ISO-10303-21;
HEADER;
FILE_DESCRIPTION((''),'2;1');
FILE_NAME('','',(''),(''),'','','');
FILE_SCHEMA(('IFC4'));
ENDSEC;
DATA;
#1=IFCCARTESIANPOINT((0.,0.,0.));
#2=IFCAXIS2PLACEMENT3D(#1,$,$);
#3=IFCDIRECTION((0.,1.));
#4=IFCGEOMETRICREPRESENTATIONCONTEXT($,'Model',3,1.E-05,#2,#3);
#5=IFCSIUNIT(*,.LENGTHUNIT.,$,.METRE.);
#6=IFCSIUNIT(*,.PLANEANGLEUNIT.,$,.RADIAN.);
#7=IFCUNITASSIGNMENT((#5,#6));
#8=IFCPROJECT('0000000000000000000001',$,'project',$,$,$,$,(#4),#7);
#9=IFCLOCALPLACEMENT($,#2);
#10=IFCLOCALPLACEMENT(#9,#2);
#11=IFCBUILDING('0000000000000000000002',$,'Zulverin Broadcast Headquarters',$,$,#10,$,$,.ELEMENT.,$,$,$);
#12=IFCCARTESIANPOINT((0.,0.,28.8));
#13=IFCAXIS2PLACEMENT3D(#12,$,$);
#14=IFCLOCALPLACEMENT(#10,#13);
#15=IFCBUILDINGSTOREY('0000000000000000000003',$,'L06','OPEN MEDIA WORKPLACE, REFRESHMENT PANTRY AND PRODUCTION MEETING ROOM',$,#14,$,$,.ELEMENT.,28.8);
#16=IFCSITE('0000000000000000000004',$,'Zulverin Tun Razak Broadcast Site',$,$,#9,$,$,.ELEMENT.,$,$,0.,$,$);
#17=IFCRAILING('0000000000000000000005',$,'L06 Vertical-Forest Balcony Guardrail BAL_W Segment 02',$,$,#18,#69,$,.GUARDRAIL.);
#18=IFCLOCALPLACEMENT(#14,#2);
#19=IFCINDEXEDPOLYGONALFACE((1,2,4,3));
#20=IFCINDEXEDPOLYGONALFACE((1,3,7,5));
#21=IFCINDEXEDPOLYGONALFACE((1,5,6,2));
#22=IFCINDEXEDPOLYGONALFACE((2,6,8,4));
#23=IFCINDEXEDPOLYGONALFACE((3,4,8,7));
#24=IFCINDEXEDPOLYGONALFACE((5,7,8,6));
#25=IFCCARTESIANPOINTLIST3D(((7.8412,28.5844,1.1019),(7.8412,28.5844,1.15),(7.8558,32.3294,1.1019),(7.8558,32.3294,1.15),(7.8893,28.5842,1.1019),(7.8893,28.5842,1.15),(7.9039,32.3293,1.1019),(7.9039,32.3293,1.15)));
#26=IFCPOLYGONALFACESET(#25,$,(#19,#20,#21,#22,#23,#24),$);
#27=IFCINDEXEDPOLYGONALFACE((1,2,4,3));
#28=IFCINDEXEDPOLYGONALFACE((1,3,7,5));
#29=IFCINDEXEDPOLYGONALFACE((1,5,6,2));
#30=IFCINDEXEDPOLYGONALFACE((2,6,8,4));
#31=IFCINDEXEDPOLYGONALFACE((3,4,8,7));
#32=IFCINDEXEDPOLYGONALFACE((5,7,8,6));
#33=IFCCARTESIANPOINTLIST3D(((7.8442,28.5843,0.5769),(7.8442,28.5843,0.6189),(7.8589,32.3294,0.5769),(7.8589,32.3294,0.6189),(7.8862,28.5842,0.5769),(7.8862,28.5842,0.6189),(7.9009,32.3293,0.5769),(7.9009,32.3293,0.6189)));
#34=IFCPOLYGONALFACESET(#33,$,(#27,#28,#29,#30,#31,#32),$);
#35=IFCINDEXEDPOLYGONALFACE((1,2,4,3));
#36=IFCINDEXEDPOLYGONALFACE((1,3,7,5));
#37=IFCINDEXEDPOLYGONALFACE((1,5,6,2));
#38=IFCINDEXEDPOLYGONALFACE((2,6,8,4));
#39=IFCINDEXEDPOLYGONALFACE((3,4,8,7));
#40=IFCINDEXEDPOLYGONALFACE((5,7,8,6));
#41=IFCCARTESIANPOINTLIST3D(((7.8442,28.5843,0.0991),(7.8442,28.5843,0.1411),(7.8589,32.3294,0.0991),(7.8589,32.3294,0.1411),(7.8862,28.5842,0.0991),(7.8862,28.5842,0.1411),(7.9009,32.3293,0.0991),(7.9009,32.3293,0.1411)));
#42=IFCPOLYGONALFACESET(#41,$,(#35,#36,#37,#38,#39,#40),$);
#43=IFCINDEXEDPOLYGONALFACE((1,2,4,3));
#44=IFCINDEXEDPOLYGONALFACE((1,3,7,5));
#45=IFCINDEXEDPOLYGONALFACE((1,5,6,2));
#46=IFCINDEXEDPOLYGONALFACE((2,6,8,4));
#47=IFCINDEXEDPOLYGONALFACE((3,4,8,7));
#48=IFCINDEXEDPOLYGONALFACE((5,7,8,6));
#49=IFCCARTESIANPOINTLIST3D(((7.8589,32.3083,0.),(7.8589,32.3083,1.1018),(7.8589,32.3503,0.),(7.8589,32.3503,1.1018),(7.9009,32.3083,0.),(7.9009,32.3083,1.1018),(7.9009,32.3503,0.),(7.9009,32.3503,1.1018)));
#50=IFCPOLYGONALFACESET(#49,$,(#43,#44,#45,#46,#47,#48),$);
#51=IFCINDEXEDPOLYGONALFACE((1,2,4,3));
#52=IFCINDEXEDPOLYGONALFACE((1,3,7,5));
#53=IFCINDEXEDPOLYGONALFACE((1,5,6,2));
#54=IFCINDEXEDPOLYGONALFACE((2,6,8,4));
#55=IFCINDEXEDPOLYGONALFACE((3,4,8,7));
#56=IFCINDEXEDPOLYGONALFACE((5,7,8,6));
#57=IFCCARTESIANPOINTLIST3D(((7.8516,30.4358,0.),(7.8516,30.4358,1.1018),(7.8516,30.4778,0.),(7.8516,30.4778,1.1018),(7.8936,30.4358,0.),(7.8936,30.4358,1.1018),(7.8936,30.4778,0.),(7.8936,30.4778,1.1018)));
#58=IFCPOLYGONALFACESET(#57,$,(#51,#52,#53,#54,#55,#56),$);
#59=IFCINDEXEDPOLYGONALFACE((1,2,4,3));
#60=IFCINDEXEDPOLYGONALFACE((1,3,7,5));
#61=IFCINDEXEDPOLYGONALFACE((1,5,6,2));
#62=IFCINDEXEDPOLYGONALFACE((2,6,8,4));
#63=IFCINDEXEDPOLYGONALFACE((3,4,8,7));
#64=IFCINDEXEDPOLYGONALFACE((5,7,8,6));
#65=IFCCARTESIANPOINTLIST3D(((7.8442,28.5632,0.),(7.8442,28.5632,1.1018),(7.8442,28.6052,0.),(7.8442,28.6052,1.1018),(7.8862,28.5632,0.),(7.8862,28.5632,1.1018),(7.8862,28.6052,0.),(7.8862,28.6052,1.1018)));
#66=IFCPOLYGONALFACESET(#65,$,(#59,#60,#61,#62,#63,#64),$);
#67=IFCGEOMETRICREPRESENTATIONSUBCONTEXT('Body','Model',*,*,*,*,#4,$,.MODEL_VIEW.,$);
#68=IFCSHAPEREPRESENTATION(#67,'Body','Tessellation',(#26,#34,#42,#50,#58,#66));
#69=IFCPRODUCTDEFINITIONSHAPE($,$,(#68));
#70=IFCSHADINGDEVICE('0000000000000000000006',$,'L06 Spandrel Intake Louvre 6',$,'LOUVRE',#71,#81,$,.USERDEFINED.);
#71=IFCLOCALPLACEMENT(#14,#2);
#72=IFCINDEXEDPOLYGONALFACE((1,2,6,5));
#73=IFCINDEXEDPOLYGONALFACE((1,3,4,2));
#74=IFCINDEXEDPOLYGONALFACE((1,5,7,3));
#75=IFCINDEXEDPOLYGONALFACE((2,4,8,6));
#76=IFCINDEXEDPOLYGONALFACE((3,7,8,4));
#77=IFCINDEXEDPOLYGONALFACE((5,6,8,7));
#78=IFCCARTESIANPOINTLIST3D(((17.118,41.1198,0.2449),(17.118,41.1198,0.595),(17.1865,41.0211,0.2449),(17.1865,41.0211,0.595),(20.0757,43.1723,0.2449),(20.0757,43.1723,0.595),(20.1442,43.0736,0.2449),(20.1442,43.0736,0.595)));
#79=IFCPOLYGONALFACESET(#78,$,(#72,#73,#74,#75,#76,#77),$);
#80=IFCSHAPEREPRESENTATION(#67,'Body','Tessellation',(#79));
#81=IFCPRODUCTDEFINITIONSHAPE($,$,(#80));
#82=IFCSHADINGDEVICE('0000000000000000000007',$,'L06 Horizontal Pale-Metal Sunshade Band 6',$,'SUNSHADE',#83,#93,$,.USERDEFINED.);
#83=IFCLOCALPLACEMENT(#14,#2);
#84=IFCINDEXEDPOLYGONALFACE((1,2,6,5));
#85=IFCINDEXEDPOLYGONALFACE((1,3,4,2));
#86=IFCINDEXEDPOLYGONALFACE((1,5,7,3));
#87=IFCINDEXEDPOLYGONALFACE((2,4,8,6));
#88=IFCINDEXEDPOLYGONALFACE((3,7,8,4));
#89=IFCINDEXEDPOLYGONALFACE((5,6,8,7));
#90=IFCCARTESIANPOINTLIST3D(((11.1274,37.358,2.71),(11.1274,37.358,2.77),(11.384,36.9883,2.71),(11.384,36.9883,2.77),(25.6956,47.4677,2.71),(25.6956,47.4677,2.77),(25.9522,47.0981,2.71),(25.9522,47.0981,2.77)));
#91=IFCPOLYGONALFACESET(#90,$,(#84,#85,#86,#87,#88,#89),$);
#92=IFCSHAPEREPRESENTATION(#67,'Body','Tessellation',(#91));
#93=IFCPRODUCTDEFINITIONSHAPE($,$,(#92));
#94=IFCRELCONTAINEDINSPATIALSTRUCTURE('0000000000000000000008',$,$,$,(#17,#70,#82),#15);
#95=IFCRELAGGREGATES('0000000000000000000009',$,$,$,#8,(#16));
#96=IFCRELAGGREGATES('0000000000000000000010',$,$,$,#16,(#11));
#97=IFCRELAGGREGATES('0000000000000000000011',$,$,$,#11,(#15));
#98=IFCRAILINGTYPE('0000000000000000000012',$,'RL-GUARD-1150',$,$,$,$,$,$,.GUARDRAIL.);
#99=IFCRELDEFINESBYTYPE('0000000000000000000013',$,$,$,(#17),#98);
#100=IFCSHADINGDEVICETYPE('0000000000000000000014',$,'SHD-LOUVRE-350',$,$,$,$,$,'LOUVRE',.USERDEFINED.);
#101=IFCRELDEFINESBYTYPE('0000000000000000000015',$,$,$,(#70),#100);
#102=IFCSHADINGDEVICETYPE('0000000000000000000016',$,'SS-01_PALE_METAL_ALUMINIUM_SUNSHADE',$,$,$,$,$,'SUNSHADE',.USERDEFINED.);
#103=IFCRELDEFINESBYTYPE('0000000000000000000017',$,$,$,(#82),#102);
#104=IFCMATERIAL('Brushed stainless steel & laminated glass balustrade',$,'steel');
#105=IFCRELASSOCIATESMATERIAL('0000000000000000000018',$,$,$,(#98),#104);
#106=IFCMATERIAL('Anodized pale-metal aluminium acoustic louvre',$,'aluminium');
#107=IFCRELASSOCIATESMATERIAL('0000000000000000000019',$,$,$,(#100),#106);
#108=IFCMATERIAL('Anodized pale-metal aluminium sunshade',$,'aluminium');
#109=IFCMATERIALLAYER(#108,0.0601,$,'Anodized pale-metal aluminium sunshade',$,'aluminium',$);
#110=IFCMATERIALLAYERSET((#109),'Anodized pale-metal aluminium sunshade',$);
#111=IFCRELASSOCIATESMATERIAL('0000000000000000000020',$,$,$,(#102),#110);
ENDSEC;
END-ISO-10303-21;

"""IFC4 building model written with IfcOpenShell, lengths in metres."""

from ifc_helpers import new_model, si_unit, direction, frame, origin, origin_2d, place, context, subcontext, project, spatial, rectangle, extrude, material, layer, layer_set, type_object, element, save


model = new_model("IFC4")

# Units and contexts
model_context = context("Model", 3, precision=1e-05, world=origin(), true_north=direction((0.0, 1.0)))
body_context = subcontext(model_context, "Body", "Model", "MODEL_VIEW")
ifc_project = project(units=[si_unit("LENGTHUNIT", "METRE"), si_unit("PLANEANGLEUNIT", "RADIAN")], contexts=[model_context])

# Site, building, storey
site_placement = place(None, origin())
site = spatial("IfcSite", under=ifc_project, at=site_placement, Name="Zulverin Tun Razak Broadcast Site", CompositionType="ELEMENT", RefElevation=0.0)
building_placement = place(site_placement, origin())
building = spatial("IfcBuilding", under=site, at=building_placement, Name="Zulverin Broadcast Headquarters", CompositionType="ELEMENT")
storey_placement = place(building_placement, frame((0.0, 0.0, 28.8)))
storey = spatial("IfcBuildingStorey", under=building, at=storey_placement, Name="L06", Description="OPEN MEDIA WORKPLACE, REFRESHMENT PANTRY AND PRODUCTION MEETING ROOM", CompositionType="ELEMENT", Elevation=28.8)

# Railing
ifc_material_1 = material(Name="Brushed stainless steel & laminated glass balustrade", Category="steel")
railing_type = type_object("IfcRailingType", Name="RL-GUARD-1150", PredefinedType="GUARDRAIL", material=ifc_material_1)
railing_placement = place(storey_placement, frame((7.8799, 32.3293, 0.0)))
element("IfcRailing", 1, at=railing_placement, inside=storey, type_object=railing_type, Name="L06 Vertical-Forest Balcony Guardrail BAL_W Segment 02", PredefinedType="GUARDRAIL", context=body_context, shape_type="SweptSolid", body=[
    extrude(rectangle(XDim=0.0481, YDim=0.0481, at=origin_2d()), frame((0.0, 0.0, 1.126), z_axis=(-0.003911, -0.999992, 0.0), x_axis=(0.999992, -0.003911, 0.0)), (0.0, 0.0, 1.0), 3.7451),
    extrude(rectangle(XDim=0.042, YDim=0.042, at=origin_2d()), frame((0.0, 0.0, 0.5979), z_axis=(-0.003911, -0.999992, 0.0), x_axis=(0.999992, -0.003911, 0.0)), (0.0, 0.0, 1.0), 3.7451),
    extrude(rectangle(XDim=0.042, YDim=0.042, at=origin_2d()), frame((0.0, 0.0, 0.1201), z_axis=(-0.003911, -0.999992, 0.0), x_axis=(0.999992, -0.003911, 0.0)), (0.0, 0.0, 1.0), 3.7451),
    extrude(rectangle(XDim=0.042, YDim=0.042, at=origin_2d()), origin(), (0.0, 0.0, 1.0), 1.1018),
    extrude(rectangle(XDim=0.042, YDim=0.042, at=origin_2d()), frame((-0.0073, -1.8726, 0.0)), (0.0, 0.0, 1.0), 1.1018),
    extrude(rectangle(XDim=0.042, YDim=0.042, at=origin_2d()), frame((-0.0146, -3.7451, 0.0)), (0.0, 0.0, 1.0), 1.1018),
])

# Shading devices
ifc_material_2 = material(Name="Anodized pale-metal aluminium acoustic louvre", Category="aluminium")
shading_device_type_1 = type_object("IfcShadingDeviceType", Name="SHD-LOUVRE-350", ElementType="LOUVRE", PredefinedType="USERDEFINED", material=ifc_material_2)
shading_device_1_placement = place(storey_placement, frame((18.6311, 42.0967, 0.2449), z_axis=(0.0, 0.0, 1.0), x_axis=(-0.821556, -0.570127, 0.0)))
element("IfcShadingDevice", 2, at=shading_device_1_placement, inside=storey, type_object=shading_device_type_1, Name="L06 Spandrel Intake Louvre 6", ObjectType="LOUVRE", PredefinedType="USERDEFINED", context=body_context, shape_type="SweptSolid", body=[
    extrude(rectangle(XDim=3.6001, YDim=0.1201, at=origin_2d()), origin(), (0.0, 0.0, 1.0), 0.3501),
])
ifc_material_3 = material(Name="Anodized pale-metal aluminium sunshade", Category="aluminium")
ifc_layer_1 = layer(ifc_material_3, 0.0601, Name="Anodized pale-metal aluminium sunshade", Category="aluminium")
ifc_layer_set_1 = layer_set([ifc_layer_1], Name="Anodized pale-metal aluminium sunshade")
shading_device_type_2 = type_object("IfcShadingDeviceType", Name="SS-01_PALE_METAL_ALUMINIUM_SUNSHADE", ElementType="SUNSHADE", PredefinedType="USERDEFINED", material=ifc_layer_set_1)
shading_device_2_placement = place(storey_placement, frame((18.5398, 42.228, 2.71), z_axis=(0.0, 0.0, 1.0), x_axis=(-0.821556, -0.570127, 0.0)))
element("IfcShadingDevice", 3, at=shading_device_2_placement, inside=storey, type_object=shading_device_type_2, Name="L06 Horizontal Pale-Metal Sunshade Band 6", ObjectType="SUNSHADE", PredefinedType="USERDEFINED", context=body_context, shape_type="SweptSolid", body=[
    extrude(rectangle(XDim=17.7324, YDim=0.45, at=origin_2d()), origin(), (0.0, 0.0, 1.0), 0.0601),
])

save(model, "model.ifc")
